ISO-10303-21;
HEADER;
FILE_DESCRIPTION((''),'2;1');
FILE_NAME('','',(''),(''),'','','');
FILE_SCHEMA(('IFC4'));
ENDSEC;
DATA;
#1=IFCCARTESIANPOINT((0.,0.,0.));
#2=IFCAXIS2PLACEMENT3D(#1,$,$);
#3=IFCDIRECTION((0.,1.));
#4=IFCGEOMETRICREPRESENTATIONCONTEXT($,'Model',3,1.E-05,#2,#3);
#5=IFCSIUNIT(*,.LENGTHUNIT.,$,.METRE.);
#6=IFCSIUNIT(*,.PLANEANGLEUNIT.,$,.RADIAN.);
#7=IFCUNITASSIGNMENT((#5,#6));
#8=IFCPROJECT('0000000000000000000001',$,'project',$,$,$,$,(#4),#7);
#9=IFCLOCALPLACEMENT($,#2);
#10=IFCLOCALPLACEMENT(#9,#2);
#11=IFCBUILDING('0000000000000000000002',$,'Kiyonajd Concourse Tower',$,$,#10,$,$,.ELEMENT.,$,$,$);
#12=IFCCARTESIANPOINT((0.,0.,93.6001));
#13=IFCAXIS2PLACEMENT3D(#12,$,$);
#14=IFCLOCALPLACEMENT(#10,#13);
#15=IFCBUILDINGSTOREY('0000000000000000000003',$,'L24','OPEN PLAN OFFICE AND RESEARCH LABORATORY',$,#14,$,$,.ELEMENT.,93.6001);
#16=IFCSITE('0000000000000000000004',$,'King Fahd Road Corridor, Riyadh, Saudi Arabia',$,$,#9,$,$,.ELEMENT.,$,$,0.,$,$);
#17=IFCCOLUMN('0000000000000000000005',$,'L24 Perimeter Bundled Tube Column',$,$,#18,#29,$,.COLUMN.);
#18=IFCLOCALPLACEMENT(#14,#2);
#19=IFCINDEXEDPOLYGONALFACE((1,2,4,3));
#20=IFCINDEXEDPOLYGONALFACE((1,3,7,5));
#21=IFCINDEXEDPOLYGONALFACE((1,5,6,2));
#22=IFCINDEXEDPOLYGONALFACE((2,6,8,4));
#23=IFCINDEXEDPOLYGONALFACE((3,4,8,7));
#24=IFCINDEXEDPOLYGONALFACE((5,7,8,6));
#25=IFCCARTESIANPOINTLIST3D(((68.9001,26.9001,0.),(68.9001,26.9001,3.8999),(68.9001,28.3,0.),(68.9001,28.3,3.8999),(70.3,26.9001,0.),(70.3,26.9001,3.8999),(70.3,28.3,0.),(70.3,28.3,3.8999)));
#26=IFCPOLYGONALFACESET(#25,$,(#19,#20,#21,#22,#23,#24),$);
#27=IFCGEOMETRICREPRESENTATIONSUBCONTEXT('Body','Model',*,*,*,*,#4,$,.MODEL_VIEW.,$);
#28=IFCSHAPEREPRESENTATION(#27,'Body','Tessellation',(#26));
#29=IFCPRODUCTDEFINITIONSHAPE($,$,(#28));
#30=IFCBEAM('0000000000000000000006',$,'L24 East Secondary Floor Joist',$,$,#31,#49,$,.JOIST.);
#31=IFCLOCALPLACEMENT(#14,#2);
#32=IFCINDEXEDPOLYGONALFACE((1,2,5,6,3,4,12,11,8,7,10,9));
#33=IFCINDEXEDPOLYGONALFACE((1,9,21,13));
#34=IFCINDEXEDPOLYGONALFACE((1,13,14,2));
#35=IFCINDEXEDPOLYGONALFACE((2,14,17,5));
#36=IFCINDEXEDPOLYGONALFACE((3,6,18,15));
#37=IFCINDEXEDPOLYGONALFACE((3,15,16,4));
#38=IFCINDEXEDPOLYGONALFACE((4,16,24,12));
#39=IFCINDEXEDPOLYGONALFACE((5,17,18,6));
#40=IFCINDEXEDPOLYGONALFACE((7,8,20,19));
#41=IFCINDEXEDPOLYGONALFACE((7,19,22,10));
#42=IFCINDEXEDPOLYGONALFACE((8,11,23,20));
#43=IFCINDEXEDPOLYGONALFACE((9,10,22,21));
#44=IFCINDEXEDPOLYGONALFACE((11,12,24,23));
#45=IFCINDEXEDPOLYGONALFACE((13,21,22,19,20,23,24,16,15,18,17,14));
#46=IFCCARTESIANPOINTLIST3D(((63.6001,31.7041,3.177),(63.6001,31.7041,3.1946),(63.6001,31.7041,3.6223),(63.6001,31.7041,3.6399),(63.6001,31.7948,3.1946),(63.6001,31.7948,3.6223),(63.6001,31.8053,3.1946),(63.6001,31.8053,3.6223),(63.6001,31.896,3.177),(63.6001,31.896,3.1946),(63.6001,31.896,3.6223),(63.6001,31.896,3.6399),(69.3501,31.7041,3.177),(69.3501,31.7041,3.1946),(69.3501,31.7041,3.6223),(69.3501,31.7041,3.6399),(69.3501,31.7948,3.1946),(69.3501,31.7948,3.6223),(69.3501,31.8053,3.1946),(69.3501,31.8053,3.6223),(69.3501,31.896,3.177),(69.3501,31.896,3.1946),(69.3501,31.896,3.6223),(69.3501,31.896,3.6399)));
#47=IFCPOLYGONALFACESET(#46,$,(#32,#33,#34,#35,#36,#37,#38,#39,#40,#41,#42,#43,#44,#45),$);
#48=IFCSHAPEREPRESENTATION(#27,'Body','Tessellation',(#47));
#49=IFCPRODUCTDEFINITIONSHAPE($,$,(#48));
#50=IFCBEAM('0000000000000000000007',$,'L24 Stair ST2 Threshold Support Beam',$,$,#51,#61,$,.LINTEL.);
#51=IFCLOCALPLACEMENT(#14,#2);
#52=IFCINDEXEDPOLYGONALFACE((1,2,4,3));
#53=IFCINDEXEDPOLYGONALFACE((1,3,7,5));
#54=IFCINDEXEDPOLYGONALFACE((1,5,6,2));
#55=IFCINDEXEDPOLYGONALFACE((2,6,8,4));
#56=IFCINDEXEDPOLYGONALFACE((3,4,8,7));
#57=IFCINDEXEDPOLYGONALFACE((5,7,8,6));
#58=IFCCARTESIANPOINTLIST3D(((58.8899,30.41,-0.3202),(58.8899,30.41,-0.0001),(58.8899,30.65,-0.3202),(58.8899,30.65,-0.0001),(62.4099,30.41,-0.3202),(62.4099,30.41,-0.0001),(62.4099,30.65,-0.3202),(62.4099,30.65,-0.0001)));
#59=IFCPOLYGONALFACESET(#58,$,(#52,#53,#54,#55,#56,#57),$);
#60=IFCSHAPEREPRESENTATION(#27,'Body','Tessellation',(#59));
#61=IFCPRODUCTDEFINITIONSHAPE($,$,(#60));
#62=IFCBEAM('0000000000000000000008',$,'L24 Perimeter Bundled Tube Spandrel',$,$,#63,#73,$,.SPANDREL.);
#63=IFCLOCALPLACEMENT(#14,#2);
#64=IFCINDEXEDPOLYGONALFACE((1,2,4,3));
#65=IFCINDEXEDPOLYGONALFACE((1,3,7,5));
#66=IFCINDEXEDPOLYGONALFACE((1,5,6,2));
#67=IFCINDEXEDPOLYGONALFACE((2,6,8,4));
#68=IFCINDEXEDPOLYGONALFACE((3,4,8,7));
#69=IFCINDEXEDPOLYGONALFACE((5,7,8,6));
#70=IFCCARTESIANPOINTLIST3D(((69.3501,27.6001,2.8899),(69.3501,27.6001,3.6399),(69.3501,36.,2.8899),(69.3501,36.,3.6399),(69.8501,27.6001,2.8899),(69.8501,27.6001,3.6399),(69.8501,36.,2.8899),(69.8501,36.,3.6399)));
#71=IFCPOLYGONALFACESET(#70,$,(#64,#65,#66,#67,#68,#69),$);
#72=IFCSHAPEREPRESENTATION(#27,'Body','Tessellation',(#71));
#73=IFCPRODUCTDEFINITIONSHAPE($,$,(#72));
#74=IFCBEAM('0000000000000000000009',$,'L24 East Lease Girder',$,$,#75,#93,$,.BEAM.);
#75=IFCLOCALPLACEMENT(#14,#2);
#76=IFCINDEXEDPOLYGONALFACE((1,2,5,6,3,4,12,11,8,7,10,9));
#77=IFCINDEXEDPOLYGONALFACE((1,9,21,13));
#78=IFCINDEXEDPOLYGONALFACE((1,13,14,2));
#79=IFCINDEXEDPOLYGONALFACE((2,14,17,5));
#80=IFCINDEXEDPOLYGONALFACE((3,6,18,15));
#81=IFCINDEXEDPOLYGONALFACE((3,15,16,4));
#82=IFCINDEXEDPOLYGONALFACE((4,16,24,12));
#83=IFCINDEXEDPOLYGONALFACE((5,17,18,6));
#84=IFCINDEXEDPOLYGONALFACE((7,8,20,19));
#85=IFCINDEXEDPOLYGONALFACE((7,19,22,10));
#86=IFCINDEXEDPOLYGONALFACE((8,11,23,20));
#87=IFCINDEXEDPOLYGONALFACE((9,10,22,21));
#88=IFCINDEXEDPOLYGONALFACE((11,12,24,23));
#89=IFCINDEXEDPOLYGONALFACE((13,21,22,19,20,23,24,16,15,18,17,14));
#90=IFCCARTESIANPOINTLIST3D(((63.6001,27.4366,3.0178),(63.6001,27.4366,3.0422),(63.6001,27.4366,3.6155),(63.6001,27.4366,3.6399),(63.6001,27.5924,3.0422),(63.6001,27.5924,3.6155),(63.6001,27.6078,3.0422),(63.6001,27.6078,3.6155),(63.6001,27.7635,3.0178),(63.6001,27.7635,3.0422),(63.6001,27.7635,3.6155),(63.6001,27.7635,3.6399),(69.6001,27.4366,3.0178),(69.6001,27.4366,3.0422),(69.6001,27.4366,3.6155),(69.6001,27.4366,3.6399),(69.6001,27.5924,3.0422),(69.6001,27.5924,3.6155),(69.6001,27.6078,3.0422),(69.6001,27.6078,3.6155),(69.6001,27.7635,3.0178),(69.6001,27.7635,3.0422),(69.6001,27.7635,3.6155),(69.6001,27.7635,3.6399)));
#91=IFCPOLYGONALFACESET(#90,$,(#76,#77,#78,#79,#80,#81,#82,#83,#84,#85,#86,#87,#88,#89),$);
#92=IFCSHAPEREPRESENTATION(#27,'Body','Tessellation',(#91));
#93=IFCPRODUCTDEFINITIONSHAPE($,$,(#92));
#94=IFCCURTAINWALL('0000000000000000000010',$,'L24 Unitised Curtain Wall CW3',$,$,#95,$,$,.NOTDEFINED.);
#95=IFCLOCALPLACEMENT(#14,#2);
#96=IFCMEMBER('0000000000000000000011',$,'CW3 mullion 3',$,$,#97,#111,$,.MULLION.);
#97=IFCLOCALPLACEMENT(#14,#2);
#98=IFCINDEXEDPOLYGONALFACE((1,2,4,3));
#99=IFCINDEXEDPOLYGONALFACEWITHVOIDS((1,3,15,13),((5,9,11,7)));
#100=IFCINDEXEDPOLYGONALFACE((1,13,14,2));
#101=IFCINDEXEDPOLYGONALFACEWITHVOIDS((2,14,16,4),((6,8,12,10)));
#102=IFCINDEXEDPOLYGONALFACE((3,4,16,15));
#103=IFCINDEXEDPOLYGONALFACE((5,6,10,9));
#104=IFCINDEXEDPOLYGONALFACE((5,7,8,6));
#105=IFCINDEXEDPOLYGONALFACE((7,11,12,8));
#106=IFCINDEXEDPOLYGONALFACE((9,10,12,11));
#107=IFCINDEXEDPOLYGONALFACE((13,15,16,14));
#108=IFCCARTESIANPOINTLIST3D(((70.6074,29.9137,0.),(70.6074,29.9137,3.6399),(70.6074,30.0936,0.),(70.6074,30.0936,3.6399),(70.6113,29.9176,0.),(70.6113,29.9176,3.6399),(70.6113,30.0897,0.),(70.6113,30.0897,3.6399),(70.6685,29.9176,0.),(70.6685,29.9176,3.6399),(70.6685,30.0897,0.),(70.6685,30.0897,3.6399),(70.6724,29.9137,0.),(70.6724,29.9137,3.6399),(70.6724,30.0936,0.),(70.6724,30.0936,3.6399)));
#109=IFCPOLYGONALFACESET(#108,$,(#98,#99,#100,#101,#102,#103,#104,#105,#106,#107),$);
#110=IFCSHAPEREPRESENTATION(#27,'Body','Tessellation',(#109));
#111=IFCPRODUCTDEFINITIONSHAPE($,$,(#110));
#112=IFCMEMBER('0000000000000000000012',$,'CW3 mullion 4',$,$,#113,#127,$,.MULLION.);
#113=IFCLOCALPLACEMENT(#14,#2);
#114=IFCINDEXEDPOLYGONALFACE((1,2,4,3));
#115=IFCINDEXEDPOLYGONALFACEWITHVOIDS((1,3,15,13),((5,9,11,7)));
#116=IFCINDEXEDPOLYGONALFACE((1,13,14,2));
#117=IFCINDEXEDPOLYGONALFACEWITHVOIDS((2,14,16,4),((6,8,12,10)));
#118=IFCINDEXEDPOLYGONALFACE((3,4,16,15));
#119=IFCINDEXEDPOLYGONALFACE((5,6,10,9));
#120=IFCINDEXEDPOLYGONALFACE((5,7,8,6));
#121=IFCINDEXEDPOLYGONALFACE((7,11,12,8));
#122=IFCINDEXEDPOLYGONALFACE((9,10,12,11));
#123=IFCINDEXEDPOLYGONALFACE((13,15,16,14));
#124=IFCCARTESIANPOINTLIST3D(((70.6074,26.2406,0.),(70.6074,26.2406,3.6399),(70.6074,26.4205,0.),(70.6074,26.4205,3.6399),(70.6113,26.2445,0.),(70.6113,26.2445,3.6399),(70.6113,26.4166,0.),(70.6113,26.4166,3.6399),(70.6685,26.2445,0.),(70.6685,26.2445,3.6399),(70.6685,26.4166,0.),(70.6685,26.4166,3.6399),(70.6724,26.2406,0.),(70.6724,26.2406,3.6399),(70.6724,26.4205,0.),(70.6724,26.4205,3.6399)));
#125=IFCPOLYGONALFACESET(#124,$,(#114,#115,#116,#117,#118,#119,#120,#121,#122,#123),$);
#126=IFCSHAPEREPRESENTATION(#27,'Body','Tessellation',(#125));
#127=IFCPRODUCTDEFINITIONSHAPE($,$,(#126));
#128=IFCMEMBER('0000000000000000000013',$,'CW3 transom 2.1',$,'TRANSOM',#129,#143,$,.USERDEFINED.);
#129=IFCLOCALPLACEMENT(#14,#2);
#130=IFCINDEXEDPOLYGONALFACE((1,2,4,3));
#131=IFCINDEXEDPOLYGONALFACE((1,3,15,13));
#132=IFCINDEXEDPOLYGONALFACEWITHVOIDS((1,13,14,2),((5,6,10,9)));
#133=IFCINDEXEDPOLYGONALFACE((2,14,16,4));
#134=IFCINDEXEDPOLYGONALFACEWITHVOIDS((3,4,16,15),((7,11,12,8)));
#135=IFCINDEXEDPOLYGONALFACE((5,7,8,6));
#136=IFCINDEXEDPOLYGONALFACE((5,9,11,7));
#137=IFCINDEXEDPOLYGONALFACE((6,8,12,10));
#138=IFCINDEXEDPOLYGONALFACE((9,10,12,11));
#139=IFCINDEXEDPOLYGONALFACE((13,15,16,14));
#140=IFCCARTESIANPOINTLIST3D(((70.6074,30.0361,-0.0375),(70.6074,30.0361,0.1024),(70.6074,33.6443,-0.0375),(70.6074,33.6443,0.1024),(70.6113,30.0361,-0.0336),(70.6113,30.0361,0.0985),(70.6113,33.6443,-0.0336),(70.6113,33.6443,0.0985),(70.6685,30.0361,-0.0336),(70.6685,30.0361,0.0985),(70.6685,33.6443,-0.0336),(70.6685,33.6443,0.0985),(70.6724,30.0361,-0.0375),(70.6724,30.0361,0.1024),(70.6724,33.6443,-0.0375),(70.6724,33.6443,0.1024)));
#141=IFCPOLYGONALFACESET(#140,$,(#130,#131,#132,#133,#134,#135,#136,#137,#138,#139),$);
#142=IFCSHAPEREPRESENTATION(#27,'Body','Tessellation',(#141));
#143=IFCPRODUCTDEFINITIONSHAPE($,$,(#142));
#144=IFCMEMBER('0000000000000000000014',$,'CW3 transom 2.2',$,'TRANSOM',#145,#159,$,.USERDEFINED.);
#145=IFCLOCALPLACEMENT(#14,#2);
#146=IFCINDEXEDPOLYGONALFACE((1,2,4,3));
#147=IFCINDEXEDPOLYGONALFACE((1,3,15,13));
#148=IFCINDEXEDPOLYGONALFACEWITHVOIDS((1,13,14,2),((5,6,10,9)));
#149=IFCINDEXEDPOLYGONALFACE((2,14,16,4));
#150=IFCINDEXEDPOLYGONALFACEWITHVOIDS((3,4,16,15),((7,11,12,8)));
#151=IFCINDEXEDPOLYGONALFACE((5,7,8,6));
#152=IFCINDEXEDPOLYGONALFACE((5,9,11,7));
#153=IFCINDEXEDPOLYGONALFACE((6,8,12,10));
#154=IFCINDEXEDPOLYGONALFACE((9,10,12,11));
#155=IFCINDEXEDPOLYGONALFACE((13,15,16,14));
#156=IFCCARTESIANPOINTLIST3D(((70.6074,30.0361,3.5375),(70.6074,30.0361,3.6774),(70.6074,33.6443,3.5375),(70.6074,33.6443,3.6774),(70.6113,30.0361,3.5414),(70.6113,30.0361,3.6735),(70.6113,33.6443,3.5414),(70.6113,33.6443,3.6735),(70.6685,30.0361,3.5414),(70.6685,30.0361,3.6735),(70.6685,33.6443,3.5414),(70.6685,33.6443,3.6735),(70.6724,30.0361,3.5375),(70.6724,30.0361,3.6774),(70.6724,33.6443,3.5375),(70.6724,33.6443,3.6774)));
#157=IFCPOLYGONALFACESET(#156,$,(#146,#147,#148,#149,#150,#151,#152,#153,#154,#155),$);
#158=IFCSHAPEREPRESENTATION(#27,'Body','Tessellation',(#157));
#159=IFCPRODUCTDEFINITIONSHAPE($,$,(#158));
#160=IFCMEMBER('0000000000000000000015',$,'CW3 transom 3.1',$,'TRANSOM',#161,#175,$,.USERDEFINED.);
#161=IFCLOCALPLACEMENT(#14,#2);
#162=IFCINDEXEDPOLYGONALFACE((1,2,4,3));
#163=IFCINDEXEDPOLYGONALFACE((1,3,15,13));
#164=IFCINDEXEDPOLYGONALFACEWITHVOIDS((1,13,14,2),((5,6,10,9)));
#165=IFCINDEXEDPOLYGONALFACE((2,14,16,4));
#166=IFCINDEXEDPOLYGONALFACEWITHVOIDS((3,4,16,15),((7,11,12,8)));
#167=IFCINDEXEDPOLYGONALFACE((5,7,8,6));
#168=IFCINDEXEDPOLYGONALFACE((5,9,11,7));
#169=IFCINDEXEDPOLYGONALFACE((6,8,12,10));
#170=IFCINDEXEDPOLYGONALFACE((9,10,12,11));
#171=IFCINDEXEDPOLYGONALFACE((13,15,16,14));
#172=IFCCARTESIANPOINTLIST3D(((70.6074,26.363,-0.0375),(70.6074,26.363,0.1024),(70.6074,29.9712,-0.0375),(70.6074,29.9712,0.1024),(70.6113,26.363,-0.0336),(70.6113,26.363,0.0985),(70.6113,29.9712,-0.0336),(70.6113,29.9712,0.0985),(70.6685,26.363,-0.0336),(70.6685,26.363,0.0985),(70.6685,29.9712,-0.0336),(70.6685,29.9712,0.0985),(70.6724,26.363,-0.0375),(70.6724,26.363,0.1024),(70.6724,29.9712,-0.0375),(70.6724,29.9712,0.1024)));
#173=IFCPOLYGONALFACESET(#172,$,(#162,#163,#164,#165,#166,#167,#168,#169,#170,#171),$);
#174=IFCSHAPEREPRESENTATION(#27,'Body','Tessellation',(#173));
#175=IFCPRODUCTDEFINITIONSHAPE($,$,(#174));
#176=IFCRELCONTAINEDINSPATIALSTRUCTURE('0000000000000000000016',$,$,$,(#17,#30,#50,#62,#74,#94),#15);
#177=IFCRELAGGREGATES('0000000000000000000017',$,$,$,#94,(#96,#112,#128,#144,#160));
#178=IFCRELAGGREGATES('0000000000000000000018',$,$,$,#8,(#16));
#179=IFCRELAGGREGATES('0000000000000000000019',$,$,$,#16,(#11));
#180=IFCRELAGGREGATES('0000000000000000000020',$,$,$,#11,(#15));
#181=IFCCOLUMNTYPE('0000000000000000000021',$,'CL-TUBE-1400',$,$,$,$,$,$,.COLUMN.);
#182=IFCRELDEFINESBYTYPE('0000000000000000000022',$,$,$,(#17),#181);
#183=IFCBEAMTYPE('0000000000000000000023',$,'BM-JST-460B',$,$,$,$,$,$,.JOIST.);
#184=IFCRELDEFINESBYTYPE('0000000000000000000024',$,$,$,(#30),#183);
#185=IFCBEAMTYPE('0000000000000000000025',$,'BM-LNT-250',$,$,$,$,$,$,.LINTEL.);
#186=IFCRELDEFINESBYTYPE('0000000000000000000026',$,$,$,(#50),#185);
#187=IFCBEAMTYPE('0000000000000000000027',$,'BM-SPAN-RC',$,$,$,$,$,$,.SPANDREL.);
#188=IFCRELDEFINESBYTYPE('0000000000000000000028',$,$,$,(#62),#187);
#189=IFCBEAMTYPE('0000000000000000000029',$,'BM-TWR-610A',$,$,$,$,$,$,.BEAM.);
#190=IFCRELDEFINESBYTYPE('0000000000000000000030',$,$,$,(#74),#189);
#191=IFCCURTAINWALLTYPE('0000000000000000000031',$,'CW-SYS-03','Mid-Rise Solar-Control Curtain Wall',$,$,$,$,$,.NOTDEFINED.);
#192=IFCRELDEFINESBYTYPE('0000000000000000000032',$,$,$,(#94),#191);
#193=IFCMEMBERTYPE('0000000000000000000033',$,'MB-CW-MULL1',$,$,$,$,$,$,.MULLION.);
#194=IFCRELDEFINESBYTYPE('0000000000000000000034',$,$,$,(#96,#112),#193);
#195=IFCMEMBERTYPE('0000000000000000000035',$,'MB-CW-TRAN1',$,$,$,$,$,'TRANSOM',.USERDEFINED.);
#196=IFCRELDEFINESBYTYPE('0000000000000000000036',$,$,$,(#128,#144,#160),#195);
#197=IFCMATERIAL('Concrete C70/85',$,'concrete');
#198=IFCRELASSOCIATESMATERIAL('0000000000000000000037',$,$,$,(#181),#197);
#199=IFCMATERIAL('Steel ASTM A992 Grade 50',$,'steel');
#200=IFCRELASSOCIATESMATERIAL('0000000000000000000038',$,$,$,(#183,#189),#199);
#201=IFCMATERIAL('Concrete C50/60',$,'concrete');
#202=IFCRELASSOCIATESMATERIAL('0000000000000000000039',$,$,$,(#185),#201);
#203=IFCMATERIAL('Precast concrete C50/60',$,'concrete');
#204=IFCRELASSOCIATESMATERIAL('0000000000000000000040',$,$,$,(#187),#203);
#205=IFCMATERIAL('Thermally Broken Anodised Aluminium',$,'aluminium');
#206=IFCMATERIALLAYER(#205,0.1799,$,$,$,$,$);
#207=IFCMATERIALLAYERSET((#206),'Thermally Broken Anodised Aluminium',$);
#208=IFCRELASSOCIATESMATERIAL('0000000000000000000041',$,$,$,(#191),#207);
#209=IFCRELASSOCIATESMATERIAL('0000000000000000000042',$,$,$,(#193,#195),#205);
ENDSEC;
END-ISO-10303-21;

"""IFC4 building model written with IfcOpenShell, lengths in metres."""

from ifc_helpers import new_model, si_unit, direction, frame, origin, origin_2d, place, context, subcontext, project, spatial, rectangle, hollow_rectangle, i_section, extrude, material, layer, layer_set, material_profile, profile_set, type_object, element, aggregate, save


model = new_model("IFC4")

# Units and contexts
model_context = context("Model", 3, precision=1e-05, world=origin(), true_north=direction((0.0, 1.0)))
body_context = subcontext(model_context, "Body", "Model", "MODEL_VIEW")
ifc_project = project(units=[si_unit("LENGTHUNIT", "METRE"), si_unit("PLANEANGLEUNIT", "RADIAN")], contexts=[model_context])

# Site, building, storey
site_placement = place(None, origin())
site = spatial("IfcSite", under=ifc_project, at=site_placement, Name="King Fahd Road Corridor, Riyadh, Saudi Arabia", CompositionType="ELEMENT", RefElevation=0.0)
building_placement = place(site_placement, origin())
building = spatial("IfcBuilding", under=site, at=building_placement, Name="Kiyonajd Concourse Tower", CompositionType="ELEMENT")
storey_placement = place(building_placement, frame((0.0, 0.0, 93.6001)))
storey = spatial("IfcBuildingStorey", under=building, at=storey_placement, Name="L24", Description="OPEN PLAN OFFICE AND RESEARCH LABORATORY", CompositionType="ELEMENT", Elevation=93.6001)

# Column
ifc_material_1 = material(Name="Concrete C70/85", Category="concrete")
ifc_material_profile_1 = material_profile(ifc_material_1, rectangle(XDim=1.3999, YDim=1.3999, at=origin_2d()), Name="RC-1400x1400")
ifc_profile_set_1 = profile_set([ifc_material_profile_1], Name="Concrete C70/85")
column_type = type_object("IfcColumnType", Name="CL-TUBE-1400", PredefinedType="COLUMN", material=ifc_profile_set_1)
column_placement = place(storey_placement, frame((69.6001, 27.6001, 0.0), z_axis=(0.0, 0.0, 1.0), x_axis=(1.0, 0.0, 0.0)))
element("IfcColumn", 1, at=column_placement, inside=storey, type_object=column_type, Name="L24 Perimeter Bundled Tube Column", PredefinedType="COLUMN", context=body_context, shape_type="SweptSolid", body=[
    extrude(rectangle(XDim=1.3999, YDim=1.3999, at=origin_2d()), origin(), (0.0, 0.0, 1.0), 3.8999),
])

# Beams
ifc_material_2 = material(Name="Steel ASTM A992 Grade 50", Category="steel")
ifc_material_profile_2 = material_profile(ifc_material_2, i_section(OverallWidth=0.1919, OverallDepth=0.4629, WebThickness=0.0105, FlangeThickness=0.0176, at=origin_2d()), Name="W460X89")
ifc_profile_set_2 = profile_set([ifc_material_profile_2], Name="Steel ASTM A992 Grade 50")
beam_type_1 = type_object("IfcBeamType", Name="BM-JST-460B", PredefinedType="JOIST", material=ifc_profile_set_2)
beam_1_placement = place(storey_placement, frame((63.6001, 31.8, 3.4084), z_axis=(1.0, 0.0, 0.0), x_axis=(0.0, 1.0, 0.0)))
element("IfcBeam", 2, at=beam_1_placement, inside=storey, type_object=beam_type_1, Name="L24 East Secondary Floor Joist", PredefinedType="JOIST", context=body_context, shape_type="SweptSolid", body=[
    extrude(i_section(OverallWidth=0.1919, OverallDepth=0.4629, WebThickness=0.0105, FlangeThickness=0.0176, at=origin_2d()), origin(), (0.0, 0.0, 1.0), 5.75),
])
ifc_material_3 = material(Name="Concrete C50/60", Category="concrete")
ifc_material_profile_3 = material_profile(ifc_material_3, rectangle(XDim=0.24, YDim=0.3201, at=origin_2d()), Name="RCBM-240x320")
ifc_profile_set_3 = profile_set([ifc_material_profile_3], Name="Concrete C50/60")
beam_type_2 = type_object("IfcBeamType", Name="BM-LNT-250", PredefinedType="LINTEL", material=ifc_profile_set_3)
beam_2_placement = place(storey_placement, frame((58.8899, 30.53, -0.1602), z_axis=(1.0, 0.0, 0.0), x_axis=(0.0, 1.0, 0.0)))
element("IfcBeam", 3, at=beam_2_placement, inside=storey, type_object=beam_type_2, Name="L24 Stair ST2 Threshold Support Beam", PredefinedType="LINTEL", context=body_context, shape_type="SweptSolid", body=[
    extrude(rectangle(XDim=0.24, YDim=0.3201, at=origin_2d()), origin(), (0.0, 0.0, 1.0), 3.52),
])
ifc_material_4 = material(Name="Precast concrete C50/60", Category="concrete")
ifc_material_profile_4 = material_profile(ifc_material_4, rectangle(XDim=0.5, YDim=0.75, at=origin_2d()), Name="RCBM-500x750")
ifc_profile_set_4 = profile_set([ifc_material_profile_4], Name="Precast concrete C50/60")
beam_type_3 = type_object("IfcBeamType", Name="BM-SPAN-RC", PredefinedType="SPANDREL", material=ifc_profile_set_4)
beam_3_placement = place(storey_placement, frame((69.6001, 27.6001, 3.2649), z_axis=(0.0, 1.0, 0.0), x_axis=(-1.0, 0.0, 0.0)))
element("IfcBeam", 4, at=beam_3_placement, inside=storey, type_object=beam_type_3, Name="L24 Perimeter Bundled Tube Spandrel", PredefinedType="SPANDREL", context=body_context, shape_type="SweptSolid", body=[
    extrude(rectangle(XDim=0.5, YDim=0.75, at=origin_2d()), origin(), (0.0, 0.0, 1.0), 8.3999),
])
ifc_material_profile_5 = material_profile(ifc_material_2, i_section(OverallWidth=0.3269, OverallDepth=0.6221, WebThickness=0.0154, FlangeThickness=0.0244, at=origin_2d()), Name="W610X195")
ifc_profile_set_5 = profile_set([ifc_material_profile_5], Name="Steel ASTM A992 Grade 50")
beam_type_4 = type_object("IfcBeamType", Name="BM-TWR-610A", PredefinedType="BEAM", material=ifc_profile_set_5)
beam_4_placement = place(storey_placement, frame((63.6001, 27.6001, 3.3289), z_axis=(1.0, 0.0, 0.0), x_axis=(0.0, 1.0, 0.0)))
element("IfcBeam", 5, at=beam_4_placement, inside=storey, type_object=beam_type_4, Name="L24 East Lease Girder", PredefinedType="BEAM", context=body_context, shape_type="SweptSolid", body=[
    extrude(i_section(OverallWidth=0.3269, OverallDepth=0.6221, WebThickness=0.0154, FlangeThickness=0.0244, at=origin_2d()), origin(), (0.0, 0.0, 1.0), 6.0),
])

# Curtain wall, members
ifc_material_5 = material(Name="Thermally Broken Anodised Aluminium", Category="aluminium")
ifc_layer_1 = layer(ifc_material_5, 0.1799)
ifc_layer_set_1 = layer_set([ifc_layer_1], Name="Thermally Broken Anodised Aluminium")
curtain_wall_type = type_object("IfcCurtainWallType", Name="CW-SYS-03", Description="Mid-Rise Solar-Control Curtain Wall", PredefinedType="NOTDEFINED", material=ifc_layer_set_1)
curtain_wall_placement = place(storey_placement, origin())
curtain_wall = element("IfcCurtainWall", 6, at=curtain_wall_placement, inside=storey, type_object=curtain_wall_type, Name="L24 Unitised Curtain Wall CW3", PredefinedType="NOTDEFINED")
ifc_material_profile_6 = material_profile(ifc_material_5, hollow_rectangle(XDim=0.0649, YDim=0.1799, WallThickness=0.0039, at=origin_2d()), Name="MULL-65x180")
ifc_profile_set_6 = profile_set([ifc_material_profile_6], Name="Thermally Broken Anodised Aluminium")
member_type_1 = type_object("IfcMemberType", Name="MB-CW-MULL1", PredefinedType="MULLION", material=ifc_profile_set_6)
member_1_placement = place(storey_placement, frame((70.6399, 30.0037, 0.0), z_axis=(0.0, 0.0, 1.0), x_axis=(1.0, 0.0, 0.0)))
member_1 = element("IfcMember", 7, at=member_1_placement, type_object=member_type_1, Name="CW3 mullion 3", PredefinedType="MULLION", context=body_context, shape_type="SweptSolid", body=[
    extrude(hollow_rectangle(XDim=0.0649, YDim=0.1799, WallThickness=0.0039, at=origin_2d()), origin(), (0.0, 0.0, 1.0), 3.6399),
])
member_2_placement = place(storey_placement, frame((70.6399, 26.3306, 0.0), z_axis=(0.0, 0.0, 1.0), x_axis=(1.0, 0.0, 0.0)))
member_2 = element("IfcMember", 8, at=member_2_placement, type_object=member_type_1, Name="CW3 mullion 4", PredefinedType="MULLION", context=body_context, shape_type="SweptSolid", body=[
    extrude(hollow_rectangle(XDim=0.0649, YDim=0.1799, WallThickness=0.0039, at=origin_2d()), origin(), (0.0, 0.0, 1.0), 3.6399),
])
ifc_material_profile_7 = material_profile(ifc_material_5, hollow_rectangle(XDim=0.0649, YDim=0.1399, WallThickness=0.0039, at=origin_2d()), Name="TRAN-65x140")
ifc_profile_set_7 = profile_set([ifc_material_profile_7], Name="Thermally Broken Anodised Aluminium")
member_type_2 = type_object("IfcMemberType", Name="MB-CW-TRAN1", ElementType="TRANSOM", PredefinedType="USERDEFINED", material=ifc_profile_set_7)
member_3_placement = place(storey_placement, frame((70.6399, 33.6443, 0.0325), z_axis=(0.0, -1.0, 0.0), x_axis=(1.0, 0.0, 0.0)))
member_3 = element("IfcMember", 9, at=member_3_placement, type_object=member_type_2, Name="CW3 transom 2.1", ObjectType="TRANSOM", PredefinedType="USERDEFINED", context=body_context, shape_type="SweptSolid", body=[
    extrude(hollow_rectangle(XDim=0.0649, YDim=0.1399, WallThickness=0.0039, at=origin_2d()), origin(), (0.0, 0.0, 1.0), 3.6082),
])
member_4_placement = place(storey_placement, frame((70.6399, 33.6443, 3.6074), z_axis=(0.0, -1.0, 0.0), x_axis=(1.0, 0.0, 0.0)))
member_4 = element("IfcMember", 10, at=member_4_placement, type_object=member_type_2, Name="CW3 transom 2.2", ObjectType="TRANSOM", PredefinedType="USERDEFINED", context=body_context, shape_type="SweptSolid", body=[
    extrude(hollow_rectangle(XDim=0.0649, YDim=0.1399, WallThickness=0.0039, at=origin_2d()), origin(), (0.0, 0.0, 1.0), 3.6082),
])
member_5_placement = place(storey_placement, frame((70.6399, 29.9712, 0.0325), z_axis=(0.0, -1.0, 0.0), x_axis=(1.0, 0.0, 0.0)))
member_5 = element("IfcMember", 11, at=member_5_placement, type_object=member_type_2, Name="CW3 transom 3.1", ObjectType="TRANSOM", PredefinedType="USERDEFINED", context=body_context, shape_type="SweptSolid", body=[
    extrude(hollow_rectangle(XDim=0.0649, YDim=0.1399, WallThickness=0.0039, at=origin_2d()), origin(), (0.0, 0.0, 1.0), 3.6082),
])
aggregate(curtain_wall, [member_1, member_2, member_3, member_4, member_5])

save(model, "model.ifc")
